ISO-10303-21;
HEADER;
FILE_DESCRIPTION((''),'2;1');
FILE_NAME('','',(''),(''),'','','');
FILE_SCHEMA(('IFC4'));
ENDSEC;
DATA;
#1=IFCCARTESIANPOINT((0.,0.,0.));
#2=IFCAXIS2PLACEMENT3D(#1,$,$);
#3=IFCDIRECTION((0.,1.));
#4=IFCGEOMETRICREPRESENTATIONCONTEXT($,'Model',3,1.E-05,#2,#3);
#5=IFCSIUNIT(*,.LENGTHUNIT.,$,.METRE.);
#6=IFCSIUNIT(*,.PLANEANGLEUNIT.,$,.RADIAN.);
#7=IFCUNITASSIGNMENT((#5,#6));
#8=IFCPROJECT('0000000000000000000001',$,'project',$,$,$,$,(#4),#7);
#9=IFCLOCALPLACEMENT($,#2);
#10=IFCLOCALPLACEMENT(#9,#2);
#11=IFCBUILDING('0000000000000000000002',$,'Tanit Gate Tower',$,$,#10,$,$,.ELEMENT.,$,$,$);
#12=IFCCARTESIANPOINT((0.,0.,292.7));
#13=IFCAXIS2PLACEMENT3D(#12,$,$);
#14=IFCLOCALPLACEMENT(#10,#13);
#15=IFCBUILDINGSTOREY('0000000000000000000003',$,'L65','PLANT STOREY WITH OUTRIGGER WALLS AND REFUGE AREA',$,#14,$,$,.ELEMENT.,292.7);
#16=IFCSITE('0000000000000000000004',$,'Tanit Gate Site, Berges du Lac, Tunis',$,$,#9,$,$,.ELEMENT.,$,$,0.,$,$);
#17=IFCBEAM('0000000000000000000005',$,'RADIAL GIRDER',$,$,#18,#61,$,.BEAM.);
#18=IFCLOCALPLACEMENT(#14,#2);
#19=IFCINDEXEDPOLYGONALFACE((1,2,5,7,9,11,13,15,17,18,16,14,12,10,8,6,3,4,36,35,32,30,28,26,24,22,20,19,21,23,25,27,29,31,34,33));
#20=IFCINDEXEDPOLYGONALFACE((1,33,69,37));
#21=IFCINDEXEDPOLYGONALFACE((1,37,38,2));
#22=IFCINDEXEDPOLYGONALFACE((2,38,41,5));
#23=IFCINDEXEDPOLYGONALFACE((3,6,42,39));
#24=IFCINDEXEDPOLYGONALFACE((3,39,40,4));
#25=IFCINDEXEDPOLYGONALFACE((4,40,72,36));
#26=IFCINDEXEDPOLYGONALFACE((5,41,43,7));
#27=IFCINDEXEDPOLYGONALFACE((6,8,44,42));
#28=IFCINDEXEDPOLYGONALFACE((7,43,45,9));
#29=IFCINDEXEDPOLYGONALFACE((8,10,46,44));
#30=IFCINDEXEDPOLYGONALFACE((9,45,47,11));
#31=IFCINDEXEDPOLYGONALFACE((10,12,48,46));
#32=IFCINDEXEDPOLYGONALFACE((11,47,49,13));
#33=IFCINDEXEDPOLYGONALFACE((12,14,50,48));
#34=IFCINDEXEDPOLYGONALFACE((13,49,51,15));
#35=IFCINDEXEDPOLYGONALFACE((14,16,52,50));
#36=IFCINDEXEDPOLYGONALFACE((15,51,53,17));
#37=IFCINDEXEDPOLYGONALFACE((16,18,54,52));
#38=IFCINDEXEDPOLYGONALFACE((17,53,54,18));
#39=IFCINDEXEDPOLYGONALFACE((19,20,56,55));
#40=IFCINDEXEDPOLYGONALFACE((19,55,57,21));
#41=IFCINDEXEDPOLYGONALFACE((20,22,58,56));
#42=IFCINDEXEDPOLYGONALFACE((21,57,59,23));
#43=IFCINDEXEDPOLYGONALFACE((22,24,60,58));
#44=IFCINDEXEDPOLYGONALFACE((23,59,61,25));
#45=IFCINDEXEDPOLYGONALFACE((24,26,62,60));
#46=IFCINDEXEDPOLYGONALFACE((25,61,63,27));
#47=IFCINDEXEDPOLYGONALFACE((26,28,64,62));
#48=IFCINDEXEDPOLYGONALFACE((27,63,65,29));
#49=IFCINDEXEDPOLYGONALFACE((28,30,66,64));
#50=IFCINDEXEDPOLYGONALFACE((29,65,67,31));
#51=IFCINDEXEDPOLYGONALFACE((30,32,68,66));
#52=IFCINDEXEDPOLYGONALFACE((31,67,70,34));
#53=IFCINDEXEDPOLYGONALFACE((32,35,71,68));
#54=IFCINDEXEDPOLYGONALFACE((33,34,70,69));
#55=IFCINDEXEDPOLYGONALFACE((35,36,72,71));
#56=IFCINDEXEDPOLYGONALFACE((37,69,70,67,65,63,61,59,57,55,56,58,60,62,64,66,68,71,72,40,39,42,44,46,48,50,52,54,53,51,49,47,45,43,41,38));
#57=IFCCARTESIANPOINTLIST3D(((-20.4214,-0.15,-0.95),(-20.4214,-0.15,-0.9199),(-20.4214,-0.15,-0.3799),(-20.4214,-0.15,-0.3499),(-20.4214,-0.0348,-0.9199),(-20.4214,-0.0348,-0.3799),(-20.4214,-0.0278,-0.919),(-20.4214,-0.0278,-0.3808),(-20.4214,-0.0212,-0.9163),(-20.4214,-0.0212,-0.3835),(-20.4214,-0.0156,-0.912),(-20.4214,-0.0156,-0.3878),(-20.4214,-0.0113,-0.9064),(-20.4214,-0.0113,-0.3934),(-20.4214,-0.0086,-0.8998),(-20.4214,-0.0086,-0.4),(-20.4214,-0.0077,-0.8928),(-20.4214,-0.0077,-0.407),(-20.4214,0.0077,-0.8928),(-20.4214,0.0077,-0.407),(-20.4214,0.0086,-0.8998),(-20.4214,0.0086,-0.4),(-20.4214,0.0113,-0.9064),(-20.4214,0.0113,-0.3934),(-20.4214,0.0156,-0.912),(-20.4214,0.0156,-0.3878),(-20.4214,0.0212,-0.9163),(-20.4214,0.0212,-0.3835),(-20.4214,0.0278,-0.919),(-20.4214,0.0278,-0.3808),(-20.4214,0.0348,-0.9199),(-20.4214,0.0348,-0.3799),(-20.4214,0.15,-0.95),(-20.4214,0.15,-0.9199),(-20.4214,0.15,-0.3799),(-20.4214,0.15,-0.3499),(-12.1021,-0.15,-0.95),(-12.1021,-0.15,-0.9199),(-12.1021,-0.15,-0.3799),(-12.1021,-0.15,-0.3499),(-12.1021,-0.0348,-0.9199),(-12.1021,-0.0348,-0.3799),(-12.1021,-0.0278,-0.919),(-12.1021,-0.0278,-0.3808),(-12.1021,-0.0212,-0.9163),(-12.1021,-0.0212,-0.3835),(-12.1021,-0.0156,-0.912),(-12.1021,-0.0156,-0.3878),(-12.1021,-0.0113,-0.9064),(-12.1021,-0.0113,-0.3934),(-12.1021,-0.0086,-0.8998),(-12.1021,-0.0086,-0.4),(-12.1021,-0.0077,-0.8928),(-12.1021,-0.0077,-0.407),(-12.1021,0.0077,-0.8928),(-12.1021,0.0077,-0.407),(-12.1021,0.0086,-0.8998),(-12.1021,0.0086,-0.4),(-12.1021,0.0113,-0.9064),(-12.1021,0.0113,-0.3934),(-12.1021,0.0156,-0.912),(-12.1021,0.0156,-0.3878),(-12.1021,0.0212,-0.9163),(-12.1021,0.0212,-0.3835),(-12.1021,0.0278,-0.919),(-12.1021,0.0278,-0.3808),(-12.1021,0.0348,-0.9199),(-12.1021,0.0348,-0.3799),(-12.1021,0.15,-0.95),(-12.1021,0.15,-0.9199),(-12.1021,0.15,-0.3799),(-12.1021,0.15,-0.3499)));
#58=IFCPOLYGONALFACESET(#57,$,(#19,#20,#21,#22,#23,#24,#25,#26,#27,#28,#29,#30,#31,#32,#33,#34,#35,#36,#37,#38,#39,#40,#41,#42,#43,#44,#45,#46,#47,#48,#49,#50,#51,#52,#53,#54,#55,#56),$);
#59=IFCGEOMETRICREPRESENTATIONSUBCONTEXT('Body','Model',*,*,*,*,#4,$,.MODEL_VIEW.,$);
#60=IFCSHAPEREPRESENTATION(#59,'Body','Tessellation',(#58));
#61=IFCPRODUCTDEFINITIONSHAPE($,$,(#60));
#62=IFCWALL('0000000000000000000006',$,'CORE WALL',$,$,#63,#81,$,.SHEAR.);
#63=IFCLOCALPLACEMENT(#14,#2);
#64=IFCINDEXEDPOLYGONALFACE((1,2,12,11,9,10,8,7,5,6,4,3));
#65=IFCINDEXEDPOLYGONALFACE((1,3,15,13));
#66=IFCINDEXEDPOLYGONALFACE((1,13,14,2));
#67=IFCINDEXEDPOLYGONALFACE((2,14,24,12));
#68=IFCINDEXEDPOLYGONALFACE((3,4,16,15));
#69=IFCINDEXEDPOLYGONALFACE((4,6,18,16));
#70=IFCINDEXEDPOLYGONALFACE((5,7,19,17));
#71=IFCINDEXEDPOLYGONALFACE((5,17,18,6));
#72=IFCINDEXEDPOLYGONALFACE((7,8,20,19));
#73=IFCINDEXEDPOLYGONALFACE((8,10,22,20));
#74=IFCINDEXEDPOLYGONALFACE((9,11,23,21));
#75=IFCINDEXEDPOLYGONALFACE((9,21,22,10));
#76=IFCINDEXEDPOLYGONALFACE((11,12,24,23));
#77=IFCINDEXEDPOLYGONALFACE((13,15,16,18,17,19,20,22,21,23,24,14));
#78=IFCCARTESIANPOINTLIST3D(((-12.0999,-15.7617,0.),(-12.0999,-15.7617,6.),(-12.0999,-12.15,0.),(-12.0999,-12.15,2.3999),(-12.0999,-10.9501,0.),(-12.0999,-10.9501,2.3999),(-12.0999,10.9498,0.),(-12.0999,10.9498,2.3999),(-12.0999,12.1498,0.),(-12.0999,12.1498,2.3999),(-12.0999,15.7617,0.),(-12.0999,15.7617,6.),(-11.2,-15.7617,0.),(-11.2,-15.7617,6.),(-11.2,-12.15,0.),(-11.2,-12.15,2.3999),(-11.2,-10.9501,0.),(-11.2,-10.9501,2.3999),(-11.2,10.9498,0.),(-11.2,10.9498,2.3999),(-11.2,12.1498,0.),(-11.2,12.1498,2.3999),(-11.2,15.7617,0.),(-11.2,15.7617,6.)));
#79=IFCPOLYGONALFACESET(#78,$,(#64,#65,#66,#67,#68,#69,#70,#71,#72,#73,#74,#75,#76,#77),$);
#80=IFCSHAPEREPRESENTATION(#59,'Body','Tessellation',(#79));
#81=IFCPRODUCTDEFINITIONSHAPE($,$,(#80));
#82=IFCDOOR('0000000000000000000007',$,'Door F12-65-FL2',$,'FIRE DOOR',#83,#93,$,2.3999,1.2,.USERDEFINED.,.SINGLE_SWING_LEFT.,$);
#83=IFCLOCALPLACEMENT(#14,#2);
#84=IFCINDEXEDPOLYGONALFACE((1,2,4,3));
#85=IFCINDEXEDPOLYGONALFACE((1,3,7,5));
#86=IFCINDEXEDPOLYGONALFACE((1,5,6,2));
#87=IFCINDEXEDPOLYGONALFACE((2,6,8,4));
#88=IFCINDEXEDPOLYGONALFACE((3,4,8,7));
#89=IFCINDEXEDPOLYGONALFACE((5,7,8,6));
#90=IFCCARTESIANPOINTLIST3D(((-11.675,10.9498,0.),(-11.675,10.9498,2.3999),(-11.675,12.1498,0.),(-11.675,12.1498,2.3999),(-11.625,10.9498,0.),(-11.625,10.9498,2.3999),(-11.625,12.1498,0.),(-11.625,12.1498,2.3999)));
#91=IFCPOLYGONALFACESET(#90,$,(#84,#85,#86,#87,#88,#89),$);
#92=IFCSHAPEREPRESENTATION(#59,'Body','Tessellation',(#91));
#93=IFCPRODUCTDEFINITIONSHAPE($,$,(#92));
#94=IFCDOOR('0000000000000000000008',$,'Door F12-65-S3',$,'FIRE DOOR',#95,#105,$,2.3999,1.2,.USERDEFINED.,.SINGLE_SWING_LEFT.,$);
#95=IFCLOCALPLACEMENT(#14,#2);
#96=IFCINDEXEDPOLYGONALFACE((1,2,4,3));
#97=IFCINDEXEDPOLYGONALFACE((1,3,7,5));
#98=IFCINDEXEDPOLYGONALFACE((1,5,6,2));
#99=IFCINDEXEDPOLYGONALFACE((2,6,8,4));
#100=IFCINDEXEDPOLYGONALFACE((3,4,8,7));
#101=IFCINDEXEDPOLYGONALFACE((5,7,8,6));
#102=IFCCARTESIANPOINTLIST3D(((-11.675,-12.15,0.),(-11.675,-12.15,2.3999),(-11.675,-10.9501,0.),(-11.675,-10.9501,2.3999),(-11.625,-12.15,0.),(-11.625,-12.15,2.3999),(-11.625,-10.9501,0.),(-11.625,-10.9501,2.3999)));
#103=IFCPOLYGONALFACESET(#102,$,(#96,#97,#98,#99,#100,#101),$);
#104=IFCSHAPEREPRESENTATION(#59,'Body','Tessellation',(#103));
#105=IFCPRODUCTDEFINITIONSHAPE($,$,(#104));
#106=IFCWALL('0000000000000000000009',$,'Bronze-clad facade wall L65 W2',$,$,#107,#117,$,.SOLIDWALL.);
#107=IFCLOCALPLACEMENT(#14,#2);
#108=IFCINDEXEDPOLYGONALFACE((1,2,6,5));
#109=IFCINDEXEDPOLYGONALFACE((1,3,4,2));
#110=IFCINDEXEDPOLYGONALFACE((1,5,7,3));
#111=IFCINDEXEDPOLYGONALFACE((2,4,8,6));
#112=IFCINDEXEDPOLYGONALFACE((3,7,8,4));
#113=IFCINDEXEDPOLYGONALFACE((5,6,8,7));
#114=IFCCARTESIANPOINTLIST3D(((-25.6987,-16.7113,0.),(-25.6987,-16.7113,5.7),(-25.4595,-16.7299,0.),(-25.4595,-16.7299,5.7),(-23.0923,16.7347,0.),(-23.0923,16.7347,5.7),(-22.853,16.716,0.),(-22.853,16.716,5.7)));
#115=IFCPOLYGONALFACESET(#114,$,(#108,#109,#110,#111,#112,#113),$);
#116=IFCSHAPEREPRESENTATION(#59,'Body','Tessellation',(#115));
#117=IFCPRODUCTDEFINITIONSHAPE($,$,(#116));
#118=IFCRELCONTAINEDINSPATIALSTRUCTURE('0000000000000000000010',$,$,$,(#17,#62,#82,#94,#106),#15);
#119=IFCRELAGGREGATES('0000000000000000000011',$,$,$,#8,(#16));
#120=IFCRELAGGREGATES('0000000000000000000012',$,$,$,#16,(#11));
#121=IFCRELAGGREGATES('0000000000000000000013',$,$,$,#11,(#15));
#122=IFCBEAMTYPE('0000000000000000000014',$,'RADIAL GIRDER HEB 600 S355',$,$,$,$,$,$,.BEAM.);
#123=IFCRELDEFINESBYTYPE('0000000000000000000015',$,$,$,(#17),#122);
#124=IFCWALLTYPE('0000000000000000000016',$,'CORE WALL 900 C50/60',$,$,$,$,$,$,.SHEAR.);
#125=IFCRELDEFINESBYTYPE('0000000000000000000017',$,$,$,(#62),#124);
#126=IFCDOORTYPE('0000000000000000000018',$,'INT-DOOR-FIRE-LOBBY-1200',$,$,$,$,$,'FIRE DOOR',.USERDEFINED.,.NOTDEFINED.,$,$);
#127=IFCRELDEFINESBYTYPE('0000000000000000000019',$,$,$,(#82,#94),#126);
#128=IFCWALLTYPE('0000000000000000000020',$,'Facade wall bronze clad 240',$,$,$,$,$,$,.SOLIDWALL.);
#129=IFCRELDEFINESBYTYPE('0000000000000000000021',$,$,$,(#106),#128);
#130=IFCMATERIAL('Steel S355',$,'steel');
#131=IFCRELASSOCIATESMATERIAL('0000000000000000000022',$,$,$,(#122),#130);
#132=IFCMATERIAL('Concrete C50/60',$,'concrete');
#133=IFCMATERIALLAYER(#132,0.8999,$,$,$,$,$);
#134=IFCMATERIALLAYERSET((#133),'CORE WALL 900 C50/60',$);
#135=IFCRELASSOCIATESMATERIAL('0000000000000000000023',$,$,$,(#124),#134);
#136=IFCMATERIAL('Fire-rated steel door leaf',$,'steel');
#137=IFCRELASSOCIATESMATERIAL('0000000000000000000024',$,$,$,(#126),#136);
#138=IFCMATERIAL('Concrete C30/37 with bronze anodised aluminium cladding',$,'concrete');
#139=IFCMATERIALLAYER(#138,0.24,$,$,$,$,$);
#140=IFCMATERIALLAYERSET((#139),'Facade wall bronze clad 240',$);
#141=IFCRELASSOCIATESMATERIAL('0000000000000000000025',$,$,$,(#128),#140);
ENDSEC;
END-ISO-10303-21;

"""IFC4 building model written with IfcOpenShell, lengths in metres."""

from ifc_helpers import new_model, si_unit, direction, frame, frame_2d, origin, origin_2d, place, context, subcontext, project, spatial, rectangle, i_section, extrude, material, layer, layer_set, material_profile, profile_set, type_object, element, fill, save


model = new_model("IFC4")

# Units and contexts
model_context = context("Model", 3, precision=1e-05, world=origin(), true_north=direction((0.0, 1.0)))
body_context = subcontext(model_context, "Body", "Model", "MODEL_VIEW")
ifc_project = project(units=[si_unit("LENGTHUNIT", "METRE"), si_unit("PLANEANGLEUNIT", "RADIAN")], contexts=[model_context])

# Site, building, storey
site_placement = place(None, origin())
site = spatial("IfcSite", under=ifc_project, at=site_placement, Name="Tanit Gate Site, Berges du Lac, Tunis", CompositionType="ELEMENT", RefElevation=0.0)
building_placement = place(site_placement, origin())
building = spatial("IfcBuilding", under=site, at=building_placement, Name="Tanit Gate Tower", CompositionType="ELEMENT")
storey_placement = place(building_placement, frame((0.0, 0.0, 292.7)))
storey = spatial("IfcBuildingStorey", under=building, at=storey_placement, Name="L65", Description="PLANT STOREY WITH OUTRIGGER WALLS AND REFUGE AREA", CompositionType="ELEMENT", Elevation=292.7)

# Beam
ifc_material_1 = material(Name="Steel S355", Category="steel")
ifc_material_profile_1 = material_profile(ifc_material_1, i_section(OverallWidth=0.3, OverallDepth=0.6001, WebThickness=0.0154, FlangeThickness=0.03, FilletRadius=0.0271, at=origin_2d()), Name="HEB 600")
ifc_profile_set_1 = profile_set([ifc_material_profile_1], Name="Steel S355")
beam_type_1 = type_object("IfcBeamType", Name="RADIAL GIRDER HEB 600 S355", PredefinedType="BEAM", material=ifc_profile_set_1)
beam_1_placement = place(storey_placement, frame((-20.4214, 0.0, -0.6499), z_axis=(1.0, 0.0, 0.0), x_axis=(0.0, 1.0, 0.0)))
element("IfcBeam", 1, at=beam_1_placement, inside=storey, type_object=beam_type_1, Name="RADIAL GIRDER", PredefinedType="BEAM", context=body_context, shape_type="SweptSolid", body=[
    extrude(i_section(OverallWidth=0.3, OverallDepth=0.6001, WebThickness=0.0154, FlangeThickness=0.03, FilletRadius=0.0271, at=origin_2d()), origin(), (0.0, 0.0, 1.0), 8.3193),
])

# Wall, openings, doors
ifc_material_2 = material(Name="Concrete C50/60", Category="concrete")
ifc_layer_1 = layer(ifc_material_2, 0.8999)
ifc_layer_set_1 = layer_set([ifc_layer_1], Name="CORE WALL 900 C50/60")
wall_type_1 = type_object("IfcWallType", Name="CORE WALL 900 C50/60", PredefinedType="SHEAR", material=ifc_layer_set_1)
wall_1_placement = place(storey_placement, frame((-11.6499, 15.7617, 0.0), z_axis=(0.0, 0.0, 1.0), x_axis=(0.0, -1.0, 0.0)))
wall_1 = element("IfcWall", 2, at=wall_1_placement, inside=storey, type_object=wall_type_1, Name="CORE WALL", PredefinedType="SHEAR", context=body_context, shape_type="SweptSolid", body=[
    extrude(rectangle(XDim=31.5234, YDim=0.8999, at=frame_2d((15.7617, 0.0))), origin(), (0.0, 0.0, 1.0), 6.0),
])
opening_1_placement = place(wall_1_placement, frame((3.6118, 0.0, 0.0)))
opening_1 = element("IfcOpeningElement", 3, at=opening_1_placement, cuts=wall_1, PredefinedType="OPENING", context=body_context, shape_type="SweptSolid", body=[
    extrude(rectangle(XDim=1.2, YDim=2.3999, at=frame_2d((0.6001, 1.2))), frame((0.0, 0.46, 0.0), z_axis=(0.0, -1.0, 0.0), x_axis=(1.0, 0.0, 0.0)), (0.0, 0.0, 1.0), 0.9199),
])
opening_2_placement = place(wall_1_placement, frame((26.7117, 0.0, 0.0)))
opening_2 = element("IfcOpeningElement", 4, at=opening_2_placement, cuts=wall_1, PredefinedType="OPENING", context=body_context, shape_type="SweptSolid", body=[
    extrude(rectangle(XDim=1.2, YDim=2.3999, at=frame_2d((0.6001, 1.2))), frame((0.0, 0.46, 0.0), z_axis=(0.0, -1.0, 0.0), x_axis=(1.0, 0.0, 0.0)), (0.0, 0.0, 1.0), 0.9199),
])
ifc_material_3 = material(Name="Fire-rated steel door leaf", Category="steel")
door_type_1 = type_object("IfcDoorType", Name="INT-DOOR-FIRE-LOBBY-1200", ElementType="FIRE DOOR", OperationType="NOTDEFINED", PredefinedType="USERDEFINED", material=ifc_material_3)
door_1_placement = place(opening_1_placement, origin())
door_1 = element("IfcDoor", 5, at=door_1_placement, inside=storey, type_object=door_type_1, Name="Door F12-65-FL2", ObjectType="FIRE DOOR", OperationType="SINGLE_SWING_LEFT", OverallHeight=2.3999, OverallWidth=1.2, PredefinedType="USERDEFINED", context=body_context, shape_type="SweptSolid", body=[
    extrude(rectangle(XDim=1.2, YDim=2.3999, at=frame_2d((0.6001, 1.2))), frame((0.0, 0.0249, 0.0), z_axis=(0.0, -1.0, 0.0), x_axis=(1.0, 0.0, 0.0)), (0.0, 0.0, 1.0), 0.05),
])
fill(opening_1, door_1)
door_2_placement = place(opening_2_placement, origin())
door_2 = element("IfcDoor", 6, at=door_2_placement, inside=storey, type_object=door_type_1, Name="Door F12-65-S3", ObjectType="FIRE DOOR", OperationType="SINGLE_SWING_LEFT", OverallHeight=2.3999, OverallWidth=1.2, PredefinedType="USERDEFINED", context=body_context, shape_type="SweptSolid", body=[
    extrude(rectangle(XDim=1.2, YDim=2.3999, at=frame_2d((0.6001, 1.2))), frame((0.0, 0.0249, 0.0), z_axis=(0.0, -1.0, 0.0), x_axis=(1.0, 0.0, 0.0)), (0.0, 0.0, 1.0), 0.05),
])
fill(opening_2, door_2)

# Wall
ifc_material_4 = material(Name="Concrete C30/37 with bronze anodised aluminium cladding", Category="concrete")
ifc_layer_2 = layer(ifc_material_4, 0.24)
ifc_layer_set_2 = layer_set([ifc_layer_2], Name="Facade wall bronze clad 240")
wall_type_2 = type_object("IfcWallType", Name="Facade wall bronze clad 240", PredefinedType="SOLIDWALL", material=ifc_layer_set_2)
wall_2_placement = place(storey_placement, frame((-22.9727, 16.7253, 0.0), z_axis=(0.0, 0.0, 1.0), x_axis=(-0.077694, -0.996977, 0.0)))
element("IfcWall", 7, at=wall_2_placement, inside=storey, type_object=wall_type_2, Name="Bronze-clad facade wall L65 W2", PredefinedType="SOLIDWALL", context=body_context, shape_type="SweptSolid", body=[
    extrude(rectangle(XDim=33.5474, YDim=0.24, at=frame_2d((16.7737, 0.0))), origin(), (0.0, 0.0, 1.0), 5.7),
])

save(model, "model.ifc")
